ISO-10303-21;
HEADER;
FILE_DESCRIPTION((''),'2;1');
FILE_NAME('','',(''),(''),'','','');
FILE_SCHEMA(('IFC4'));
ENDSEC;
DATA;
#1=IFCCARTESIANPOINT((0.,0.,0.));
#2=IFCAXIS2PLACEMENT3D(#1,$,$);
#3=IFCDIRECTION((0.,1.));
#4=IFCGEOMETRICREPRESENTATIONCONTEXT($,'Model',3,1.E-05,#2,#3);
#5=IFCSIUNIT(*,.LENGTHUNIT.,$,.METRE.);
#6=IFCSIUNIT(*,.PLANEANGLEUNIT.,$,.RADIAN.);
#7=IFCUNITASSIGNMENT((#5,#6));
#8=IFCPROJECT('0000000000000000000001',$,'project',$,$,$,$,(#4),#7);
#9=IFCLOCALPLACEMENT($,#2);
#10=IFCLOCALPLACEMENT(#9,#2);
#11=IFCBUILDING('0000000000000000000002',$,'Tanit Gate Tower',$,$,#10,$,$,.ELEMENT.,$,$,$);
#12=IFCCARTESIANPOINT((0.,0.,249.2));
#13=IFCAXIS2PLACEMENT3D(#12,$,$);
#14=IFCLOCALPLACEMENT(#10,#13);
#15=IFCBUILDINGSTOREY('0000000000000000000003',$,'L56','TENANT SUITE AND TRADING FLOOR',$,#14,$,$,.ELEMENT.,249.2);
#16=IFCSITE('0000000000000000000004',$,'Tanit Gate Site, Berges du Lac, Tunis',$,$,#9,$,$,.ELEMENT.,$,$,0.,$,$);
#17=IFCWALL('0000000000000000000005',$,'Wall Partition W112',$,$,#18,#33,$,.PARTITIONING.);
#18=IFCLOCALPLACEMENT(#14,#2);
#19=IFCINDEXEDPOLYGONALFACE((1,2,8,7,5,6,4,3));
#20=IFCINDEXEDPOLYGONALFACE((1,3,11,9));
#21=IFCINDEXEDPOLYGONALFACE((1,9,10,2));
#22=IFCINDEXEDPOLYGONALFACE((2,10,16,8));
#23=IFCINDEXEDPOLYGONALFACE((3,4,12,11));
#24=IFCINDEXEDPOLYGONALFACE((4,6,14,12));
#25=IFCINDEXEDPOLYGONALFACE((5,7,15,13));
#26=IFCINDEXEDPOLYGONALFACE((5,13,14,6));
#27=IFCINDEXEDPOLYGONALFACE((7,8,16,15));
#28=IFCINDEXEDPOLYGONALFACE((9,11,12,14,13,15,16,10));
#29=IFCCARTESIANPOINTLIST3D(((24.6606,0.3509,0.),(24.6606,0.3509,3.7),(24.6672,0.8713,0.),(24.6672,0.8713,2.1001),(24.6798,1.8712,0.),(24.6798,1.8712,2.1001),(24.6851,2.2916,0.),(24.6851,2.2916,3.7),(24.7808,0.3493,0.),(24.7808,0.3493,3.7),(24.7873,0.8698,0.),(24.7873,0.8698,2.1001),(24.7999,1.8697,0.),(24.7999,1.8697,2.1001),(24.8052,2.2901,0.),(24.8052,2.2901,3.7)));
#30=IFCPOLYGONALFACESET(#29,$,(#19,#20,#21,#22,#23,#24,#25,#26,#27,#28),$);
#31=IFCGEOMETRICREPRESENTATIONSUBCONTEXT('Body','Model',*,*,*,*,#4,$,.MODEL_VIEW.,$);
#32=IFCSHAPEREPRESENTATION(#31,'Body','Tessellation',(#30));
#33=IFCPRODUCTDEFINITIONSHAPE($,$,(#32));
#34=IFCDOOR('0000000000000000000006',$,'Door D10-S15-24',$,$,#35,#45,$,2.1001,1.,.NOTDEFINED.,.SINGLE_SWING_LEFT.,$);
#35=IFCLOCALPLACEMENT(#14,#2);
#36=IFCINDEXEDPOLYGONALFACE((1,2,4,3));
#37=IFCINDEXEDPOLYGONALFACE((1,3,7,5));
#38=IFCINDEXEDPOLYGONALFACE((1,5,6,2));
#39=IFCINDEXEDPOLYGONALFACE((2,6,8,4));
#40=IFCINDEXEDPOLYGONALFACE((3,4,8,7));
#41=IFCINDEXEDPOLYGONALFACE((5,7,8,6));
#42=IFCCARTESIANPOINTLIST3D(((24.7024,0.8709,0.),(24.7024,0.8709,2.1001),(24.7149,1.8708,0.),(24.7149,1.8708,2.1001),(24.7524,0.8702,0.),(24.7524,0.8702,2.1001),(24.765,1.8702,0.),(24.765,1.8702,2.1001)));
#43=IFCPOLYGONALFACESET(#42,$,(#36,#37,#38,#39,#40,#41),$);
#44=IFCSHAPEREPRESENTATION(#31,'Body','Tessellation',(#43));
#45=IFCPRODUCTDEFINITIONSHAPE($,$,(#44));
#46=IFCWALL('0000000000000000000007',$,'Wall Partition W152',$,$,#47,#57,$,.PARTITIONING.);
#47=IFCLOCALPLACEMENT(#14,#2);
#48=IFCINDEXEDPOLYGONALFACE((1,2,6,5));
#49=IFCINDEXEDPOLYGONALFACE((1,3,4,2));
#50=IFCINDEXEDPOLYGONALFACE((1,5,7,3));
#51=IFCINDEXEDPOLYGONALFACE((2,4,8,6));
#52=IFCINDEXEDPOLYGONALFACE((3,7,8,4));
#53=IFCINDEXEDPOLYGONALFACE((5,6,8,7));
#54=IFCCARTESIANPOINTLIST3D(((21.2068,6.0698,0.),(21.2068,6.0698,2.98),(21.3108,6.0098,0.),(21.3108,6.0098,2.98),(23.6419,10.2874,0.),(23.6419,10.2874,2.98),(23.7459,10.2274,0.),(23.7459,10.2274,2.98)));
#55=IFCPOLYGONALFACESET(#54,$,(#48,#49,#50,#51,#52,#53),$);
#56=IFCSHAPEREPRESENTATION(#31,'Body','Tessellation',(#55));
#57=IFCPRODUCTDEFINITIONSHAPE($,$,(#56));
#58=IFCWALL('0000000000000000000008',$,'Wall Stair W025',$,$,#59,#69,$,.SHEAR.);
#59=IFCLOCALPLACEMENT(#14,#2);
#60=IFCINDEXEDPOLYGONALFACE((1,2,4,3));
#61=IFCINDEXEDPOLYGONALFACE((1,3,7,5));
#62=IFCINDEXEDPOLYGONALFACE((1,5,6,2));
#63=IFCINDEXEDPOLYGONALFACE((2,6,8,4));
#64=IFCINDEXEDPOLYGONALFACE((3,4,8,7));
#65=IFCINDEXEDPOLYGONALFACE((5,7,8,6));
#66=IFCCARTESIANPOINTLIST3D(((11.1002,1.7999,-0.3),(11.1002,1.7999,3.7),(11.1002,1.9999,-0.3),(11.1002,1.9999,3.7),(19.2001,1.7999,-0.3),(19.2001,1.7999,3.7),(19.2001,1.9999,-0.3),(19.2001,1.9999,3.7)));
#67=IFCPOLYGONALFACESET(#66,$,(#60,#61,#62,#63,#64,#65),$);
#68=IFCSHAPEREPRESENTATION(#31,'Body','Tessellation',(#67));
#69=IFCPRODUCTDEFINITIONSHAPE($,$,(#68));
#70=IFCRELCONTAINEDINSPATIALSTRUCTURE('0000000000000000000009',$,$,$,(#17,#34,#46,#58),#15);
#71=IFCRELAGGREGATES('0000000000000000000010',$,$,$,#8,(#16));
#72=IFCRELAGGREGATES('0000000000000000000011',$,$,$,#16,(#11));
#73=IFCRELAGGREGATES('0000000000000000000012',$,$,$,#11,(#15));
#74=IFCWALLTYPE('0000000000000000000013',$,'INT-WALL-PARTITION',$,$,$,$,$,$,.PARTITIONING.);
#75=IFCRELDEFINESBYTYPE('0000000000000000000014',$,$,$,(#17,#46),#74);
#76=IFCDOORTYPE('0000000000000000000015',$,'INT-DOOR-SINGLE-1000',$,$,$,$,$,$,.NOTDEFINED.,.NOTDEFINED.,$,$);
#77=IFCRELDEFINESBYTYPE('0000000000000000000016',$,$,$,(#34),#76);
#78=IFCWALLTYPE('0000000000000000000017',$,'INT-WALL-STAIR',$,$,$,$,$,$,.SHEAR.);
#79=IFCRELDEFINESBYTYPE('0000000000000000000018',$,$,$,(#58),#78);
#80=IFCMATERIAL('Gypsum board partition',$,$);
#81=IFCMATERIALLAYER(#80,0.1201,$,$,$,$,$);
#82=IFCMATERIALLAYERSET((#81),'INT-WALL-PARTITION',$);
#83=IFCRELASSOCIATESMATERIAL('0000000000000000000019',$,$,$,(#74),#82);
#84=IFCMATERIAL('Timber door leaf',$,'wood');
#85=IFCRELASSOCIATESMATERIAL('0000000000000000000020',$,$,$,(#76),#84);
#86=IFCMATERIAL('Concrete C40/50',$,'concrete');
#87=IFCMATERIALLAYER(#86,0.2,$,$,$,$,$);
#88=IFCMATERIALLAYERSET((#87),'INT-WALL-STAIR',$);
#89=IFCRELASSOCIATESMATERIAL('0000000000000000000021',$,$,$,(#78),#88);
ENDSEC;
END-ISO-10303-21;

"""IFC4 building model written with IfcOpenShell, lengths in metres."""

from ifc_helpers import new_model, si_unit, direction, frame, frame_2d, origin, place, context, subcontext, project, spatial, rectangle, extrude, material, layer, layer_set, type_object, element, fill, save


model = new_model("IFC4")

# Units and contexts
model_context = context("Model", 3, precision=1e-05, world=origin(), true_north=direction((0.0, 1.0)))
body_context = subcontext(model_context, "Body", "Model", "MODEL_VIEW")
ifc_project = project(units=[si_unit("LENGTHUNIT", "METRE"), si_unit("PLANEANGLEUNIT", "RADIAN")], contexts=[model_context])

# Site, building, storey
site_placement = place(None, origin())
site = spatial("IfcSite", under=ifc_project, at=site_placement, Name="Tanit Gate Site, Berges du Lac, Tunis", CompositionType="ELEMENT", RefElevation=0.0)
building_placement = place(site_placement, origin())
building = spatial("IfcBuilding", under=site, at=building_placement, Name="Tanit Gate Tower", CompositionType="ELEMENT")
storey_placement = place(building_placement, frame((0.0, 0.0, 249.2)))
storey = spatial("IfcBuildingStorey", under=building, at=storey_placement, Name="L56", Description="TENANT SUITE AND TRADING FLOOR", CompositionType="ELEMENT", Elevation=249.2)

# Shared definitions
ifc_material_1 = material(Name="Gypsum board partition")
ifc_layer_1 = layer(ifc_material_1, 0.1201)
ifc_layer_set_1 = layer_set([ifc_layer_1], Name="INT-WALL-PARTITION")
wall_type_1 = type_object("IfcWallType", Name="INT-WALL-PARTITION", PredefinedType="PARTITIONING", material=ifc_layer_set_1)

# Wall, opening, door
wall_1_placement = place(storey_placement, frame((24.7207, 0.3501, 0.0), z_axis=(0.0, 0.0, 1.0), x_axis=(0.012579, 0.999921, 0.0)))
wall_1 = element("IfcWall", 1, at=wall_1_placement, inside=storey, type_object=wall_type_1, Name="Wall Partition W112", PredefinedType="PARTITIONING", context=body_context, shape_type="SweptSolid", body=[
    extrude(rectangle(XDim=1.9409, YDim=0.1201, at=frame_2d((0.9705, 0.0))), origin(), (0.0, 0.0, 1.0), 3.7),
])
opening_1_placement = place(wall_1_placement, frame((0.5205, 0.0, 0.0)))
opening_1 = element("IfcOpeningElement", 2, at=opening_1_placement, cuts=wall_1, PredefinedType="OPENING", context=body_context, shape_type="SweptSolid", body=[
    extrude(rectangle(XDim=1.0, YDim=2.1001, at=frame_2d((0.5, 1.05))), frame((0.0, 0.0701, 0.0), z_axis=(0.0, -1.0, 0.0), x_axis=(1.0, 0.0, 0.0)), (0.0, 0.0, 1.0), 0.1401),
])
ifc_material_2 = material(Name="Timber door leaf", Category="wood")
door_type_1 = type_object("IfcDoorType", Name="INT-DOOR-SINGLE-1000", OperationType="NOTDEFINED", PredefinedType="NOTDEFINED", material=ifc_material_2)
door_1_placement = place(opening_1_placement, origin())
door_1 = element("IfcDoor", 3, at=door_1_placement, inside=storey, type_object=door_type_1, Name="Door D10-S15-24", OperationType="SINGLE_SWING_LEFT", OverallHeight=2.1001, OverallWidth=1.0, PredefinedType="NOTDEFINED", context=body_context, shape_type="SweptSolid", body=[
    extrude(rectangle(XDim=1.0, YDim=2.1001, at=frame_2d((0.5, 1.05))), frame((0.0, 0.0249, 0.0), z_axis=(0.0, -1.0, 0.0), x_axis=(1.0, 0.0, 0.0)), (0.0, 0.0, 1.0), 0.05),
])
fill(opening_1, door_1)

# Walls
wall_2_placement = place(storey_placement, frame((21.2588, 6.0398, 0.0), z_axis=(0.0, 0.0, 1.0), x_axis=(0.50001, 0.866019, 0.0)))
element("IfcWall", 4, at=wall_2_placement, inside=storey, type_object=wall_type_1, Name="Wall Partition W152", PredefinedType="PARTITIONING", context=body_context, shape_type="SweptSolid", body=[
    extrude(rectangle(XDim=4.8701, YDim=0.1201, at=frame_2d((2.4351, 0.0))), origin(), (0.0, 0.0, 1.0), 2.98),
])
ifc_material_3 = material(Name="Concrete C40/50", Category="concrete")
ifc_layer_2 = layer(ifc_material_3, 0.2)
ifc_layer_set_2 = layer_set([ifc_layer_2], Name="INT-WALL-STAIR")
wall_type_2 = type_object("IfcWallType", Name="INT-WALL-STAIR", PredefinedType="SHEAR", material=ifc_layer_set_2)
wall_3_placement = place(storey_placement, frame((19.2, 1.8999, -0.3), z_axis=(0.0, 0.0, 1.0), x_axis=(-1.0, 0.0, 0.0)))
element("IfcWall", 5, at=wall_3_placement, inside=storey, type_object=wall_type_2, Name="Wall Stair W025", PredefinedType="SHEAR", context=body_context, shape_type="SweptSolid", body=[
    extrude(rectangle(XDim=8.0999, YDim=0.2, at=frame_2d((4.0498, 0.0))), origin(), (0.0, 0.0, 1.0), 4.0),
])

save(model, "model.ifc")
